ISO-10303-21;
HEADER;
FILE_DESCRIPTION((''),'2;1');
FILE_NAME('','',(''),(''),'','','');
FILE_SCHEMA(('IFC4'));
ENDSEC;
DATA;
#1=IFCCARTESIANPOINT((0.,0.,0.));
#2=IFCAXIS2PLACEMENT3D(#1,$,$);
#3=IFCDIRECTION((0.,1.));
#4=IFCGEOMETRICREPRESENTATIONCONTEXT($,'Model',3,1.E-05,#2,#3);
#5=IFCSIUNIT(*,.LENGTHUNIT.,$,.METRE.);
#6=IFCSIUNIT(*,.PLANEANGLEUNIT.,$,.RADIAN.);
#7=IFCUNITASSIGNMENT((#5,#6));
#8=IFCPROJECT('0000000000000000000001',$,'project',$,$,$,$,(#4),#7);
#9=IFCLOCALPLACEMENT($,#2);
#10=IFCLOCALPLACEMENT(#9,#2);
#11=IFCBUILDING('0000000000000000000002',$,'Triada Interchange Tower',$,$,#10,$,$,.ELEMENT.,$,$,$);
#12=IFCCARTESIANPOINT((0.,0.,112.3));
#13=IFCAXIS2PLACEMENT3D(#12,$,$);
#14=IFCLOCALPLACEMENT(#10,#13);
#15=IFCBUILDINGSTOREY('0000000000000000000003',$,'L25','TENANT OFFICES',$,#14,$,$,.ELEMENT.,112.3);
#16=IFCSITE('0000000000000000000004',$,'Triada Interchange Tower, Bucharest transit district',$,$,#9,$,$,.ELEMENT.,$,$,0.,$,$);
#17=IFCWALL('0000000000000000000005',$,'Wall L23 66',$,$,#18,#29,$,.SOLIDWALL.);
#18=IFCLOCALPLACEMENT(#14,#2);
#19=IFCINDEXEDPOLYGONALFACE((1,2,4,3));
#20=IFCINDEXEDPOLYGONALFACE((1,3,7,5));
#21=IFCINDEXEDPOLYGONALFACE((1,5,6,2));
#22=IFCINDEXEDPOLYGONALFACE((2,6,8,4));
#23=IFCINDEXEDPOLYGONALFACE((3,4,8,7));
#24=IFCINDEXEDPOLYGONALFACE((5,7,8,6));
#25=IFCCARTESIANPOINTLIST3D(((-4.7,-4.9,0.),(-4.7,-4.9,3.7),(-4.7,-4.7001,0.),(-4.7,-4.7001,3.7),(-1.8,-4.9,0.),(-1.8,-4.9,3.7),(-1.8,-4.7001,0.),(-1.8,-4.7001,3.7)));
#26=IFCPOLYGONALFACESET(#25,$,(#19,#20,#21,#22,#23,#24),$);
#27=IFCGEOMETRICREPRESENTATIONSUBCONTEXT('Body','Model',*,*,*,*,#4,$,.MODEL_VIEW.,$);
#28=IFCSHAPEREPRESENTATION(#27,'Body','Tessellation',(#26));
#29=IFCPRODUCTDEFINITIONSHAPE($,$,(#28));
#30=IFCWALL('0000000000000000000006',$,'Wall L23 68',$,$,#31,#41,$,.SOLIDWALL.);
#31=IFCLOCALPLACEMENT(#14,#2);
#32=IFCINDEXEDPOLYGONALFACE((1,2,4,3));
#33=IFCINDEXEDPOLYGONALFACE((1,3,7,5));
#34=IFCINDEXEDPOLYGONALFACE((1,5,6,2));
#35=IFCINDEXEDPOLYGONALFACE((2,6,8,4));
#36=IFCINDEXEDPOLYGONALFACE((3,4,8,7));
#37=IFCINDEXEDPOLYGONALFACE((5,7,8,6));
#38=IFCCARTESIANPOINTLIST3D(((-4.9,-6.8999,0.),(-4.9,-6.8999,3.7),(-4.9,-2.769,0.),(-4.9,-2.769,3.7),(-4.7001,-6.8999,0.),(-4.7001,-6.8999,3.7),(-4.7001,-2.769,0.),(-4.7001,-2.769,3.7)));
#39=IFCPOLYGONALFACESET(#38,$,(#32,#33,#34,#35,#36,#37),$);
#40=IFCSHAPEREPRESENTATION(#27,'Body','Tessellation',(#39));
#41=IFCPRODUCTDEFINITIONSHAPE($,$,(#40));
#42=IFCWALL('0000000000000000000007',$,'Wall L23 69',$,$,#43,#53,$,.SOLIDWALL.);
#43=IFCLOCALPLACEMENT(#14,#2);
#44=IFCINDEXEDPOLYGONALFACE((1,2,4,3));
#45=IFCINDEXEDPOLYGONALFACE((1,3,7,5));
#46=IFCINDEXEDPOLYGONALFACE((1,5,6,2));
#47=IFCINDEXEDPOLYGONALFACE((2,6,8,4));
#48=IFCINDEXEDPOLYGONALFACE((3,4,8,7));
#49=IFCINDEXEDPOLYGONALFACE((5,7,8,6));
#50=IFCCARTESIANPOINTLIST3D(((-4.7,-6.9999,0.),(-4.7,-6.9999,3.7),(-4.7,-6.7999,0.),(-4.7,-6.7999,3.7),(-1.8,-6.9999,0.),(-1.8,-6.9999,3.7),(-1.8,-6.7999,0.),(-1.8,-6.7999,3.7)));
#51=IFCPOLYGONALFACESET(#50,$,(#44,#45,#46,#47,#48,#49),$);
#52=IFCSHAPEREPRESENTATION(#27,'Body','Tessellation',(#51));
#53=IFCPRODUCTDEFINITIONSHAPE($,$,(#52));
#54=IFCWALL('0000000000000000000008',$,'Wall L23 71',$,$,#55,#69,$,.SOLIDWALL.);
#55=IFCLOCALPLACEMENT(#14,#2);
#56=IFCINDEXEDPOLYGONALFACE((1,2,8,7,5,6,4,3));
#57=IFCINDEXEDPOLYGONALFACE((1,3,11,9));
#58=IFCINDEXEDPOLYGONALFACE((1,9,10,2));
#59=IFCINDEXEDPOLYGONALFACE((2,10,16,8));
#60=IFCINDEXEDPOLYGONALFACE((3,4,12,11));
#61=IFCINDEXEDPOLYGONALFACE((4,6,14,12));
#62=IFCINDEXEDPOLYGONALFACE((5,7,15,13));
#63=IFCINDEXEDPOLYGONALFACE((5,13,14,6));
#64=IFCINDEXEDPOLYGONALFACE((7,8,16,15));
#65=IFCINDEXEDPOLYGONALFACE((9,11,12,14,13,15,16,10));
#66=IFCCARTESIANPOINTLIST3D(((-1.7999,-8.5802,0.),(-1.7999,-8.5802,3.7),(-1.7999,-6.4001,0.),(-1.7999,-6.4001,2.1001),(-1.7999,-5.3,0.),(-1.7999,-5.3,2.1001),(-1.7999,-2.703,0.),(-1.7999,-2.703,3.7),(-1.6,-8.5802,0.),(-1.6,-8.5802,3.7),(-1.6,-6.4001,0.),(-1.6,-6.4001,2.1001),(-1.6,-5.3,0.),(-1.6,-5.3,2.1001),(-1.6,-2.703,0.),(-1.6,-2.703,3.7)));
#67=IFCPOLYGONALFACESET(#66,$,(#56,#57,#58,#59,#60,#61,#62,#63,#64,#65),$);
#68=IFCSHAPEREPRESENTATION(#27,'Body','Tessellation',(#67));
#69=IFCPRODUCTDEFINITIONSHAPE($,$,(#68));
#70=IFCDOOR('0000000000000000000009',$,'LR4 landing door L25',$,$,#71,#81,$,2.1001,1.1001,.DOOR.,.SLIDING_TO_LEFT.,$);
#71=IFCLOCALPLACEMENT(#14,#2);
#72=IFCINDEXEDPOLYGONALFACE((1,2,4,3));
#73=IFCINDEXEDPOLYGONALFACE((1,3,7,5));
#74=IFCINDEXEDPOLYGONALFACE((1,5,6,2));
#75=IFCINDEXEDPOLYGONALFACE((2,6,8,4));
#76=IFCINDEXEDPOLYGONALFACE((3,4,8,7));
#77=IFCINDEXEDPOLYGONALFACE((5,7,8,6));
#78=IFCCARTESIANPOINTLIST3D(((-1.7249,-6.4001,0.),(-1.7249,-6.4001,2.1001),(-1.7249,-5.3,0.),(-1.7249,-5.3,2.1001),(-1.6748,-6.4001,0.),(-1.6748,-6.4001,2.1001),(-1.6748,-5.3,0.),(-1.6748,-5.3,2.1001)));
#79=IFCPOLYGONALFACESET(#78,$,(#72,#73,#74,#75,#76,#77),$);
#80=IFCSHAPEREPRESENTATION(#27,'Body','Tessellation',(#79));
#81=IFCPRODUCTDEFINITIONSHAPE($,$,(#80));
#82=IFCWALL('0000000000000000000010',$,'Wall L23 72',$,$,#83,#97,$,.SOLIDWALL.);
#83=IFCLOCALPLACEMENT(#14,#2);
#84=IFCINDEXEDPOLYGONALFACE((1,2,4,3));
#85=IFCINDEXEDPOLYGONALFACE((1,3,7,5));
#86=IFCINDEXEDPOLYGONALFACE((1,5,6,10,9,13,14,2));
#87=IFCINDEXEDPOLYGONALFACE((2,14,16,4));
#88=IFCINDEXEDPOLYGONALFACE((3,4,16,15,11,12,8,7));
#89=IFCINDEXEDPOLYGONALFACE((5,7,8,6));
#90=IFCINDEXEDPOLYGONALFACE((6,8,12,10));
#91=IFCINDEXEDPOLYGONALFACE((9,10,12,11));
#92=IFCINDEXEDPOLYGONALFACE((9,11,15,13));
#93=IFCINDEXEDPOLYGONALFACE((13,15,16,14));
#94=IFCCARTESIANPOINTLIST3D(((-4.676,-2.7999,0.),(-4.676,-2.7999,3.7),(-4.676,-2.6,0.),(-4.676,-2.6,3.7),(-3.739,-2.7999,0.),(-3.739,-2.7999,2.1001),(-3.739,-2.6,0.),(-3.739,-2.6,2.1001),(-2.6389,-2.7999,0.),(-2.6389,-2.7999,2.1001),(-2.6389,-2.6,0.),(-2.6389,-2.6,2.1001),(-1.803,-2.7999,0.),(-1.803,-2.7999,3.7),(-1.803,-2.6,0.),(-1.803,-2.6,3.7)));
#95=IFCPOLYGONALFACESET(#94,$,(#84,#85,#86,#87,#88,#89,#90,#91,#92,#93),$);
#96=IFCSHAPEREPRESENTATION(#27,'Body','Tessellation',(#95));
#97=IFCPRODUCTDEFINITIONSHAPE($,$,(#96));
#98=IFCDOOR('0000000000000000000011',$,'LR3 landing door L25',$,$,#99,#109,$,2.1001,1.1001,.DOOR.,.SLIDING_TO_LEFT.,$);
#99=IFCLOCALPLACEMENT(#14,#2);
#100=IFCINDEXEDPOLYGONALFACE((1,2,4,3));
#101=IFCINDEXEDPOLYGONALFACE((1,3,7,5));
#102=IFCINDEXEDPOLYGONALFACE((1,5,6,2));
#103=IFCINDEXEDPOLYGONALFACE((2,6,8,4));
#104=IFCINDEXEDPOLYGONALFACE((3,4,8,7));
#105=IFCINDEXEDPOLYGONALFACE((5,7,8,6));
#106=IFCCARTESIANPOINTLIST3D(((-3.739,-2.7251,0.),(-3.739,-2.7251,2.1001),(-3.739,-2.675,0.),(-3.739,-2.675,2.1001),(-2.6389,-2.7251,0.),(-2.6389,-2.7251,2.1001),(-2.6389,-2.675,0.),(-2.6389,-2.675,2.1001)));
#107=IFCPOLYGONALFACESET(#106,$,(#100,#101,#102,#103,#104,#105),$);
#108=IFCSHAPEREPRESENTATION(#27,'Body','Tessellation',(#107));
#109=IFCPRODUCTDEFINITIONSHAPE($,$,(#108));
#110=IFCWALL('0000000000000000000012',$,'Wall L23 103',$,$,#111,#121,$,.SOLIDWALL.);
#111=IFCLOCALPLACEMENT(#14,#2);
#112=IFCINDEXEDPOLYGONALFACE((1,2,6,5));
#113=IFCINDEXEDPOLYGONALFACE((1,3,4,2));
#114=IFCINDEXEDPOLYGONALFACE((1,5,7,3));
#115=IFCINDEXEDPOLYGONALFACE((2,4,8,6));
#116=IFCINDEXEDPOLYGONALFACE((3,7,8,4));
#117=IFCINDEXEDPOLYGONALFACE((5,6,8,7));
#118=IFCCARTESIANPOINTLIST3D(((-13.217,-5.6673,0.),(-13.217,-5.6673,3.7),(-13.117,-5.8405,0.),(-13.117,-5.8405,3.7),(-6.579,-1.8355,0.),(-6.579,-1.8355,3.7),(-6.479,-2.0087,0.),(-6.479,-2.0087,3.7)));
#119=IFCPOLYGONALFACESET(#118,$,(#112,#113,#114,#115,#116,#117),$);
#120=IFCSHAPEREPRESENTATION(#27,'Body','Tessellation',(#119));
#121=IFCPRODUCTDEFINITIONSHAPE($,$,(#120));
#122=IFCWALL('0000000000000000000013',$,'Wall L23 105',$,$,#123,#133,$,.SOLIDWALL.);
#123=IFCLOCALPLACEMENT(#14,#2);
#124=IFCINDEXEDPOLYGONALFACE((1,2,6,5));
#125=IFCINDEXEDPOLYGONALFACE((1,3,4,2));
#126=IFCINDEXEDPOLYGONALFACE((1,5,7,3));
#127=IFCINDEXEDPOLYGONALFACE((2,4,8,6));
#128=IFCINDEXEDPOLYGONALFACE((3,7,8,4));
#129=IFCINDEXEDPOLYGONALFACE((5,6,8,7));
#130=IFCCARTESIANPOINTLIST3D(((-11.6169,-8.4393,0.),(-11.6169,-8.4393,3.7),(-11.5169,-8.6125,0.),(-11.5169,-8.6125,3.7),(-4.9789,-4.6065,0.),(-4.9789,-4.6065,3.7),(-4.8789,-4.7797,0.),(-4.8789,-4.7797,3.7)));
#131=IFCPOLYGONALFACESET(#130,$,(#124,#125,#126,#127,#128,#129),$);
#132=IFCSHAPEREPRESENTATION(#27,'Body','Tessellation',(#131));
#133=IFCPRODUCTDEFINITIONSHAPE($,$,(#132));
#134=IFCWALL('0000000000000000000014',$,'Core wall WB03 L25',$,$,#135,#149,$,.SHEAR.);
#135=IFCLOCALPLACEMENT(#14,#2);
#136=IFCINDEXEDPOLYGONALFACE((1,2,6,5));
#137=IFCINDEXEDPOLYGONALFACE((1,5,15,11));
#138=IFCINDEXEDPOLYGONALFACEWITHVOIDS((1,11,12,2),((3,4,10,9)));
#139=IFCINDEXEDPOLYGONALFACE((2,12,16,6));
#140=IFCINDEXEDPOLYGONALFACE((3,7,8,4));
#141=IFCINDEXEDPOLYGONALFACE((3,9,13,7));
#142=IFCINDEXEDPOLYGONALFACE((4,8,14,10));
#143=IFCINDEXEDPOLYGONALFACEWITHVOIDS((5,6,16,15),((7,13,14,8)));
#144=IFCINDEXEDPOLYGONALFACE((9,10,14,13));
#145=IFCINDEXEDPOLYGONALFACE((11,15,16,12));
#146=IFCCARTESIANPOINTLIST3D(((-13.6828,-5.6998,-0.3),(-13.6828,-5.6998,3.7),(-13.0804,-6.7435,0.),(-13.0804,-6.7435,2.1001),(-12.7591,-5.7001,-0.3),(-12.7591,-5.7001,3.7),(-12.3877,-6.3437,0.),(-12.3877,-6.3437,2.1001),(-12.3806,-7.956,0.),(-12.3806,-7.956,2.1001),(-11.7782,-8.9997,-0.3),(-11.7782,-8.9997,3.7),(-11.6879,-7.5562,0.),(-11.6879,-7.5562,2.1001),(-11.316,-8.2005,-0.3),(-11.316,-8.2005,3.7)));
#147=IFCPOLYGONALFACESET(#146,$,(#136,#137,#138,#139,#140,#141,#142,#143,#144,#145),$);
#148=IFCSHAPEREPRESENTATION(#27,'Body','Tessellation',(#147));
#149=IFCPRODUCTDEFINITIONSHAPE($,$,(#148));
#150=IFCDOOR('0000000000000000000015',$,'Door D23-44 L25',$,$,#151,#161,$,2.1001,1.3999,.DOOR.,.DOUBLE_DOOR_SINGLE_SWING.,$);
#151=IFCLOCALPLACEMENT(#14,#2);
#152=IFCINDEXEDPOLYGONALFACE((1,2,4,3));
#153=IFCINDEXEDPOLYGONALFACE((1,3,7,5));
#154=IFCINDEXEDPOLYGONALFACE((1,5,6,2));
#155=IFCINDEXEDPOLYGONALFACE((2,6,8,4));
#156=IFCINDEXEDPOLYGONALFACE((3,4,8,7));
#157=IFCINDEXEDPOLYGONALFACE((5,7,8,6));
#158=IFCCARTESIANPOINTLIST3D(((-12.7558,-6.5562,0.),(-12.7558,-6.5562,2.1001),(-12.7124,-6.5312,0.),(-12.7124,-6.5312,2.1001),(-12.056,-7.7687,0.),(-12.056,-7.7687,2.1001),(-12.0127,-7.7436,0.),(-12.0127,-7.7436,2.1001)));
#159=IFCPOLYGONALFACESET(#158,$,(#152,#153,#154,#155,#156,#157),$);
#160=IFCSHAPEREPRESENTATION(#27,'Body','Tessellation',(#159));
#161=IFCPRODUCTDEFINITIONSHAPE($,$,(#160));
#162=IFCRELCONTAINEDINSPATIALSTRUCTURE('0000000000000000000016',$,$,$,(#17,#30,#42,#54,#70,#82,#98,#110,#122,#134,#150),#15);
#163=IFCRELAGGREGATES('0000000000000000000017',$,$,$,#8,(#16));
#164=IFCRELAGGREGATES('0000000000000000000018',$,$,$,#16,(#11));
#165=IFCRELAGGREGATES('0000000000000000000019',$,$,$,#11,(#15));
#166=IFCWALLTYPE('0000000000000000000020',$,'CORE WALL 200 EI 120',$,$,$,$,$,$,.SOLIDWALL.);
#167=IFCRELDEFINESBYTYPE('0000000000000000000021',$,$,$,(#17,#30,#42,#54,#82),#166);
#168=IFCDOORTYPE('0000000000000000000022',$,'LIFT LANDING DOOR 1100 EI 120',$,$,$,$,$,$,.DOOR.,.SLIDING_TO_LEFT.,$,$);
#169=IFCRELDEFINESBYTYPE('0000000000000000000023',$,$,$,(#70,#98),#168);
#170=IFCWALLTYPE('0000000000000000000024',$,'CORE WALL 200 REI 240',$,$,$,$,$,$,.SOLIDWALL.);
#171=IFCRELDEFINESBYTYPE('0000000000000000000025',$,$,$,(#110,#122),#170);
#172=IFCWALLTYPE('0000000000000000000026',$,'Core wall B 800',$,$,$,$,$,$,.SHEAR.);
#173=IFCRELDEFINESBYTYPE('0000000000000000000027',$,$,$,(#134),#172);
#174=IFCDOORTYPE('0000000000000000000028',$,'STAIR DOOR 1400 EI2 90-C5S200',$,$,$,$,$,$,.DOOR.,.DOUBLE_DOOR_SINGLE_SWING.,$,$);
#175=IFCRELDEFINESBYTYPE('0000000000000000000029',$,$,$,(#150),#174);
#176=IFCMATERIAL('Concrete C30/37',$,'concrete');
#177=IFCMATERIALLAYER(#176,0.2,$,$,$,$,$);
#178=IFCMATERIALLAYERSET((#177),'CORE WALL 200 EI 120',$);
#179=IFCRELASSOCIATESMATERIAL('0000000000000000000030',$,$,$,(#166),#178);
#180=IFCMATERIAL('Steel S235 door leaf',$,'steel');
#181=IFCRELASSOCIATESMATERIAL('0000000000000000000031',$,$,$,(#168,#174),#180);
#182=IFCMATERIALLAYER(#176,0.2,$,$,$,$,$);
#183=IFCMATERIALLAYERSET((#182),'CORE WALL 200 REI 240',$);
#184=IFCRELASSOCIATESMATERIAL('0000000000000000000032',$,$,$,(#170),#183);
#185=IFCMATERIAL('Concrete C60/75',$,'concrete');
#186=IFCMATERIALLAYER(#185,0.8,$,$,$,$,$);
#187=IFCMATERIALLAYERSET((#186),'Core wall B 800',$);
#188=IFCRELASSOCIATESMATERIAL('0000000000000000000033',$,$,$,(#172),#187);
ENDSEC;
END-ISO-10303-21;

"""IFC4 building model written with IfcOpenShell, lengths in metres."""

from ifc_helpers import new_model, si_unit, direction, frame, frame_2d, origin, place, context, subcontext, project, spatial, polyline, rectangle, outline, extrude, material, layer, layer_set, type_object, element, fill, save


model = new_model("IFC4")

# Units and contexts
model_context = context("Model", 3, precision=1e-05, world=origin(), true_north=direction((0.0, 1.0)))
body_context = subcontext(model_context, "Body", "Model", "MODEL_VIEW")
ifc_project = project(units=[si_unit("LENGTHUNIT", "METRE"), si_unit("PLANEANGLEUNIT", "RADIAN")], contexts=[model_context])

# Site, building, storey
site_placement = place(None, origin())
site = spatial("IfcSite", under=ifc_project, at=site_placement, Name="Triada Interchange Tower, Bucharest transit district", CompositionType="ELEMENT", RefElevation=0.0)
building_placement = place(site_placement, origin())
building = spatial("IfcBuilding", under=site, at=building_placement, Name="Triada Interchange Tower", CompositionType="ELEMENT")
storey_placement = place(building_placement, frame((0.0, 0.0, 112.3)))
storey = spatial("IfcBuildingStorey", under=building, at=storey_placement, Name="L25", Description="TENANT OFFICES", CompositionType="ELEMENT", Elevation=112.3)

# Walls
ifc_material_1 = material(Name="Concrete C30/37", Category="concrete")
ifc_layer_1 = layer(ifc_material_1, 0.2)
ifc_layer_set_1 = layer_set([ifc_layer_1], Name="CORE WALL 200 EI 120")
wall_type_1 = type_object("IfcWallType", Name="CORE WALL 200 EI 120", PredefinedType="SOLIDWALL", material=ifc_layer_set_1)
wall_1_placement = place(storey_placement, frame((-4.7, -4.8, 0.0), z_axis=(0.0, 0.0, 1.0), x_axis=(1.0, 0.0, 0.0)))
element("IfcWall", 1, at=wall_1_placement, inside=storey, type_object=wall_type_1, Name="Wall L23 66", PredefinedType="SOLIDWALL", context=body_context, shape_type="SweptSolid", body=[
    extrude(rectangle(XDim=2.8999, YDim=0.2, at=frame_2d((1.45, 0.0))), origin(), (0.0, 0.0, 1.0), 3.7),
])
wall_2_placement = place(storey_placement, frame((-4.8, -6.8999, 0.0), z_axis=(0.0, 0.0, 1.0), x_axis=(0.0, 1.0, 0.0)))
element("IfcWall", 2, at=wall_2_placement, inside=storey, type_object=wall_type_1, Name="Wall L23 68", PredefinedType="SOLIDWALL", context=body_context, shape_type="SweptSolid", body=[
    extrude(rectangle(XDim=4.1309, YDim=0.2, at=frame_2d((2.0654, 0.0))), origin(), (0.0, 0.0, 1.0), 3.7),
])
wall_3_placement = place(storey_placement, frame((-4.7, -6.8999, 0.0), z_axis=(0.0, 0.0, 1.0), x_axis=(1.0, 0.0, 0.0)))
element("IfcWall", 3, at=wall_3_placement, inside=storey, type_object=wall_type_1, Name="Wall L23 69", PredefinedType="SOLIDWALL", context=body_context, shape_type="SweptSolid", body=[
    extrude(rectangle(XDim=2.8999, YDim=0.2, at=frame_2d((1.45, 0.0))), origin(), (0.0, 0.0, 1.0), 3.7),
])

# Walls, openings, doors
wall_4_placement = place(storey_placement, frame((-1.7, -8.5801, 0.0), z_axis=(0.0, 0.0, 1.0), x_axis=(0.0, 1.0, 0.0)))
wall_4 = element("IfcWall", 4, at=wall_4_placement, inside=storey, type_object=wall_type_1, Name="Wall L23 71", PredefinedType="SOLIDWALL", context=body_context, shape_type="SweptSolid", body=[
    extrude(rectangle(XDim=5.8772, YDim=0.2, at=frame_2d((2.9385, 0.0))), origin(), (0.0, 0.0, 1.0), 3.7),
])
opening_1_placement = place(wall_4_placement, frame((2.1799, 0.0, 0.0)))
opening_1 = element("IfcOpeningElement", 5, at=opening_1_placement, cuts=wall_4, PredefinedType="OPENING", context=body_context, shape_type="SweptSolid", body=[
    extrude(rectangle(XDim=1.1001, YDim=2.1001, at=frame_2d((0.55, 1.05))), frame((0.0, 0.1099, 0.0), z_axis=(0.0, -1.0, 0.0), x_axis=(1.0, 0.0, 0.0)), (0.0, 0.0, 1.0), 0.22),
])
ifc_material_2 = material(Name="Steel S235 door leaf", Category="steel")
door_type_1 = type_object("IfcDoorType", Name="LIFT LANDING DOOR 1100 EI 120", OperationType="SLIDING_TO_LEFT", PredefinedType="DOOR", material=ifc_material_2)
door_1_placement = place(opening_1_placement, origin())
door_1 = element("IfcDoor", 6, at=door_1_placement, inside=storey, type_object=door_type_1, Name="LR4 landing door L25", OperationType="SLIDING_TO_LEFT", OverallHeight=2.1001, OverallWidth=1.1001, PredefinedType="DOOR", context=body_context, shape_type="SweptSolid", body=[
    extrude(rectangle(XDim=1.1001, YDim=2.1001, at=frame_2d((0.55, 1.05))), frame((0.0, 0.0249, 0.0), z_axis=(0.0, -1.0, 0.0), x_axis=(1.0, 0.0, 0.0)), (0.0, 0.0, 1.0), 0.05),
])
fill(opening_1, door_1)
wall_5_placement = place(storey_placement, frame((-4.676, -2.7, 0.0), z_axis=(0.0, 0.0, 1.0), x_axis=(1.0, 0.0, 0.0)))
wall_5 = element("IfcWall", 7, at=wall_5_placement, inside=storey, type_object=wall_type_1, Name="Wall L23 72", PredefinedType="SOLIDWALL", context=body_context, shape_type="SweptSolid", body=[
    extrude(rectangle(XDim=2.873, YDim=0.2, at=frame_2d((1.4365, 0.0))), origin(), (0.0, 0.0, 1.0), 3.7),
])
opening_2_placement = place(wall_5_placement, frame((0.937, 0.0, 0.0)))
opening_2 = element("IfcOpeningElement", 8, at=opening_2_placement, cuts=wall_5, PredefinedType="OPENING", context=body_context, shape_type="SweptSolid", body=[
    extrude(rectangle(XDim=1.1001, YDim=2.1001, at=frame_2d((0.55, 1.05))), frame((0.0, 0.1099, 0.0), z_axis=(0.0, -1.0, 0.0), x_axis=(1.0, 0.0, 0.0)), (0.0, 0.0, 1.0), 0.22),
])
door_2_placement = place(opening_2_placement, origin())
door_2 = element("IfcDoor", 9, at=door_2_placement, inside=storey, type_object=door_type_1, Name="LR3 landing door L25", OperationType="SLIDING_TO_LEFT", OverallHeight=2.1001, OverallWidth=1.1001, PredefinedType="DOOR", context=body_context, shape_type="SweptSolid", body=[
    extrude(rectangle(XDim=1.1001, YDim=2.1001, at=frame_2d((0.55, 1.05))), frame((0.0, 0.0249, 0.0), z_axis=(0.0, -1.0, 0.0), x_axis=(1.0, 0.0, 0.0)), (0.0, 0.0, 1.0), 0.05),
])
fill(opening_2, door_2)

# Walls
ifc_layer_2 = layer(ifc_material_1, 0.2)
ifc_layer_set_2 = layer_set([ifc_layer_2], Name="CORE WALL 200 REI 240")
wall_type_2 = type_object("IfcWallType", Name="CORE WALL 200 REI 240", PredefinedType="SOLIDWALL", material=ifc_layer_set_2)
wall_6_placement = place(storey_placement, frame((-13.167, -5.7539, 0.0), z_axis=(0.0, 0.0, 1.0), x_axis=(0.866061, 0.499938, 0.0)))
element("IfcWall", 10, at=wall_6_placement, inside=storey, type_object=wall_type_2, Name="Wall L23 103", PredefinedType="SOLIDWALL", context=body_context, shape_type="SweptSolid", body=[
    extrude(rectangle(XDim=7.6646, YDim=0.2, at=frame_2d((3.8323, 0.0))), origin(), (0.0, 0.0, 1.0), 3.7),
])
wall_7_placement = place(storey_placement, frame((-11.5669, -8.5259, 0.0), z_axis=(0.0, 0.0, 1.0), x_axis=(0.866006, 0.500034, 0.0)))
element("IfcWall", 11, at=wall_7_placement, inside=storey, type_object=wall_type_2, Name="Wall L23 105", PredefinedType="SOLIDWALL", context=body_context, shape_type="SweptSolid", body=[
    extrude(rectangle(XDim=7.665, YDim=0.2, at=frame_2d((3.8325, 0.0))), origin(), (0.0, 0.0, 1.0), 3.7),
])

# Wall, opening, door
ifc_material_3 = material(Name="Concrete C60/75", Category="concrete")
ifc_layer_3 = layer(ifc_material_3, 0.8)
ifc_layer_set_3 = layer_set([ifc_layer_3], Name="Core wall B 800")
wall_type_3 = type_object("IfcWallType", Name="Core wall B 800", PredefinedType="SHEAR", material=ifc_layer_set_3)
wall_8_placement = place(storey_placement, frame((-13.2209, -5.7, -0.3), z_axis=(0.0, 0.0, 1.0), x_axis=(0.499872, -0.866099, 0.0)))
wall_8 = element("IfcWall", 12, at=wall_8_placement, inside=storey, type_object=wall_type_3, Name="Core wall WB03 L25", PredefinedType="SHEAR", context=body_context, shape_type="SweptSolid", body=[
    extrude(outline(polyline([(-0.231, -0.3999), (1.6741, -0.3999), (3.5791, -0.3999), (3.1179, 0.3999), (1.6743, 0.3999), (0.231, 0.3999), (-0.231, -0.3999)])), origin(), (0.0, 0.0, 1.0), 4.0),
])
opening_3_placement = place(wall_8_placement, frame((0.9741, 0.0, 0.3)))
opening_3 = element("IfcOpeningElement", 13, at=opening_3_placement, cuts=wall_8, PredefinedType="OPENING", context=body_context, shape_type="SweptSolid", body=[
    extrude(rectangle(XDim=1.3999, YDim=2.1001, at=frame_2d((0.7, 1.05))), frame((0.0, 0.4099, 0.0), z_axis=(0.0, -1.0, 0.0), x_axis=(1.0, 0.0, 0.0)), (0.0, 0.0, 1.0), 0.8201),
])
door_type_2 = type_object("IfcDoorType", Name="STAIR DOOR 1400 EI2 90-C5S200", OperationType="DOUBLE_DOOR_SINGLE_SWING", PredefinedType="DOOR", material=ifc_material_2)
door_3_placement = place(opening_3_placement, origin())
door_3 = element("IfcDoor", 14, at=door_3_placement, inside=storey, type_object=door_type_2, Name="Door D23-44 L25", OperationType="DOUBLE_DOOR_SINGLE_SWING", OverallHeight=2.1001, OverallWidth=1.3999, PredefinedType="DOOR", context=body_context, shape_type="SweptSolid", body=[
    extrude(rectangle(XDim=1.3999, YDim=2.1001, at=frame_2d((0.7, 1.05))), frame((0.0, 0.0249, 0.0), z_axis=(0.0, -1.0, 0.0), x_axis=(1.0, 0.0, 0.0)), (0.0, 0.0, 1.0), 0.05),
])
fill(opening_3, door_3)

save(model, "model.ifc")
